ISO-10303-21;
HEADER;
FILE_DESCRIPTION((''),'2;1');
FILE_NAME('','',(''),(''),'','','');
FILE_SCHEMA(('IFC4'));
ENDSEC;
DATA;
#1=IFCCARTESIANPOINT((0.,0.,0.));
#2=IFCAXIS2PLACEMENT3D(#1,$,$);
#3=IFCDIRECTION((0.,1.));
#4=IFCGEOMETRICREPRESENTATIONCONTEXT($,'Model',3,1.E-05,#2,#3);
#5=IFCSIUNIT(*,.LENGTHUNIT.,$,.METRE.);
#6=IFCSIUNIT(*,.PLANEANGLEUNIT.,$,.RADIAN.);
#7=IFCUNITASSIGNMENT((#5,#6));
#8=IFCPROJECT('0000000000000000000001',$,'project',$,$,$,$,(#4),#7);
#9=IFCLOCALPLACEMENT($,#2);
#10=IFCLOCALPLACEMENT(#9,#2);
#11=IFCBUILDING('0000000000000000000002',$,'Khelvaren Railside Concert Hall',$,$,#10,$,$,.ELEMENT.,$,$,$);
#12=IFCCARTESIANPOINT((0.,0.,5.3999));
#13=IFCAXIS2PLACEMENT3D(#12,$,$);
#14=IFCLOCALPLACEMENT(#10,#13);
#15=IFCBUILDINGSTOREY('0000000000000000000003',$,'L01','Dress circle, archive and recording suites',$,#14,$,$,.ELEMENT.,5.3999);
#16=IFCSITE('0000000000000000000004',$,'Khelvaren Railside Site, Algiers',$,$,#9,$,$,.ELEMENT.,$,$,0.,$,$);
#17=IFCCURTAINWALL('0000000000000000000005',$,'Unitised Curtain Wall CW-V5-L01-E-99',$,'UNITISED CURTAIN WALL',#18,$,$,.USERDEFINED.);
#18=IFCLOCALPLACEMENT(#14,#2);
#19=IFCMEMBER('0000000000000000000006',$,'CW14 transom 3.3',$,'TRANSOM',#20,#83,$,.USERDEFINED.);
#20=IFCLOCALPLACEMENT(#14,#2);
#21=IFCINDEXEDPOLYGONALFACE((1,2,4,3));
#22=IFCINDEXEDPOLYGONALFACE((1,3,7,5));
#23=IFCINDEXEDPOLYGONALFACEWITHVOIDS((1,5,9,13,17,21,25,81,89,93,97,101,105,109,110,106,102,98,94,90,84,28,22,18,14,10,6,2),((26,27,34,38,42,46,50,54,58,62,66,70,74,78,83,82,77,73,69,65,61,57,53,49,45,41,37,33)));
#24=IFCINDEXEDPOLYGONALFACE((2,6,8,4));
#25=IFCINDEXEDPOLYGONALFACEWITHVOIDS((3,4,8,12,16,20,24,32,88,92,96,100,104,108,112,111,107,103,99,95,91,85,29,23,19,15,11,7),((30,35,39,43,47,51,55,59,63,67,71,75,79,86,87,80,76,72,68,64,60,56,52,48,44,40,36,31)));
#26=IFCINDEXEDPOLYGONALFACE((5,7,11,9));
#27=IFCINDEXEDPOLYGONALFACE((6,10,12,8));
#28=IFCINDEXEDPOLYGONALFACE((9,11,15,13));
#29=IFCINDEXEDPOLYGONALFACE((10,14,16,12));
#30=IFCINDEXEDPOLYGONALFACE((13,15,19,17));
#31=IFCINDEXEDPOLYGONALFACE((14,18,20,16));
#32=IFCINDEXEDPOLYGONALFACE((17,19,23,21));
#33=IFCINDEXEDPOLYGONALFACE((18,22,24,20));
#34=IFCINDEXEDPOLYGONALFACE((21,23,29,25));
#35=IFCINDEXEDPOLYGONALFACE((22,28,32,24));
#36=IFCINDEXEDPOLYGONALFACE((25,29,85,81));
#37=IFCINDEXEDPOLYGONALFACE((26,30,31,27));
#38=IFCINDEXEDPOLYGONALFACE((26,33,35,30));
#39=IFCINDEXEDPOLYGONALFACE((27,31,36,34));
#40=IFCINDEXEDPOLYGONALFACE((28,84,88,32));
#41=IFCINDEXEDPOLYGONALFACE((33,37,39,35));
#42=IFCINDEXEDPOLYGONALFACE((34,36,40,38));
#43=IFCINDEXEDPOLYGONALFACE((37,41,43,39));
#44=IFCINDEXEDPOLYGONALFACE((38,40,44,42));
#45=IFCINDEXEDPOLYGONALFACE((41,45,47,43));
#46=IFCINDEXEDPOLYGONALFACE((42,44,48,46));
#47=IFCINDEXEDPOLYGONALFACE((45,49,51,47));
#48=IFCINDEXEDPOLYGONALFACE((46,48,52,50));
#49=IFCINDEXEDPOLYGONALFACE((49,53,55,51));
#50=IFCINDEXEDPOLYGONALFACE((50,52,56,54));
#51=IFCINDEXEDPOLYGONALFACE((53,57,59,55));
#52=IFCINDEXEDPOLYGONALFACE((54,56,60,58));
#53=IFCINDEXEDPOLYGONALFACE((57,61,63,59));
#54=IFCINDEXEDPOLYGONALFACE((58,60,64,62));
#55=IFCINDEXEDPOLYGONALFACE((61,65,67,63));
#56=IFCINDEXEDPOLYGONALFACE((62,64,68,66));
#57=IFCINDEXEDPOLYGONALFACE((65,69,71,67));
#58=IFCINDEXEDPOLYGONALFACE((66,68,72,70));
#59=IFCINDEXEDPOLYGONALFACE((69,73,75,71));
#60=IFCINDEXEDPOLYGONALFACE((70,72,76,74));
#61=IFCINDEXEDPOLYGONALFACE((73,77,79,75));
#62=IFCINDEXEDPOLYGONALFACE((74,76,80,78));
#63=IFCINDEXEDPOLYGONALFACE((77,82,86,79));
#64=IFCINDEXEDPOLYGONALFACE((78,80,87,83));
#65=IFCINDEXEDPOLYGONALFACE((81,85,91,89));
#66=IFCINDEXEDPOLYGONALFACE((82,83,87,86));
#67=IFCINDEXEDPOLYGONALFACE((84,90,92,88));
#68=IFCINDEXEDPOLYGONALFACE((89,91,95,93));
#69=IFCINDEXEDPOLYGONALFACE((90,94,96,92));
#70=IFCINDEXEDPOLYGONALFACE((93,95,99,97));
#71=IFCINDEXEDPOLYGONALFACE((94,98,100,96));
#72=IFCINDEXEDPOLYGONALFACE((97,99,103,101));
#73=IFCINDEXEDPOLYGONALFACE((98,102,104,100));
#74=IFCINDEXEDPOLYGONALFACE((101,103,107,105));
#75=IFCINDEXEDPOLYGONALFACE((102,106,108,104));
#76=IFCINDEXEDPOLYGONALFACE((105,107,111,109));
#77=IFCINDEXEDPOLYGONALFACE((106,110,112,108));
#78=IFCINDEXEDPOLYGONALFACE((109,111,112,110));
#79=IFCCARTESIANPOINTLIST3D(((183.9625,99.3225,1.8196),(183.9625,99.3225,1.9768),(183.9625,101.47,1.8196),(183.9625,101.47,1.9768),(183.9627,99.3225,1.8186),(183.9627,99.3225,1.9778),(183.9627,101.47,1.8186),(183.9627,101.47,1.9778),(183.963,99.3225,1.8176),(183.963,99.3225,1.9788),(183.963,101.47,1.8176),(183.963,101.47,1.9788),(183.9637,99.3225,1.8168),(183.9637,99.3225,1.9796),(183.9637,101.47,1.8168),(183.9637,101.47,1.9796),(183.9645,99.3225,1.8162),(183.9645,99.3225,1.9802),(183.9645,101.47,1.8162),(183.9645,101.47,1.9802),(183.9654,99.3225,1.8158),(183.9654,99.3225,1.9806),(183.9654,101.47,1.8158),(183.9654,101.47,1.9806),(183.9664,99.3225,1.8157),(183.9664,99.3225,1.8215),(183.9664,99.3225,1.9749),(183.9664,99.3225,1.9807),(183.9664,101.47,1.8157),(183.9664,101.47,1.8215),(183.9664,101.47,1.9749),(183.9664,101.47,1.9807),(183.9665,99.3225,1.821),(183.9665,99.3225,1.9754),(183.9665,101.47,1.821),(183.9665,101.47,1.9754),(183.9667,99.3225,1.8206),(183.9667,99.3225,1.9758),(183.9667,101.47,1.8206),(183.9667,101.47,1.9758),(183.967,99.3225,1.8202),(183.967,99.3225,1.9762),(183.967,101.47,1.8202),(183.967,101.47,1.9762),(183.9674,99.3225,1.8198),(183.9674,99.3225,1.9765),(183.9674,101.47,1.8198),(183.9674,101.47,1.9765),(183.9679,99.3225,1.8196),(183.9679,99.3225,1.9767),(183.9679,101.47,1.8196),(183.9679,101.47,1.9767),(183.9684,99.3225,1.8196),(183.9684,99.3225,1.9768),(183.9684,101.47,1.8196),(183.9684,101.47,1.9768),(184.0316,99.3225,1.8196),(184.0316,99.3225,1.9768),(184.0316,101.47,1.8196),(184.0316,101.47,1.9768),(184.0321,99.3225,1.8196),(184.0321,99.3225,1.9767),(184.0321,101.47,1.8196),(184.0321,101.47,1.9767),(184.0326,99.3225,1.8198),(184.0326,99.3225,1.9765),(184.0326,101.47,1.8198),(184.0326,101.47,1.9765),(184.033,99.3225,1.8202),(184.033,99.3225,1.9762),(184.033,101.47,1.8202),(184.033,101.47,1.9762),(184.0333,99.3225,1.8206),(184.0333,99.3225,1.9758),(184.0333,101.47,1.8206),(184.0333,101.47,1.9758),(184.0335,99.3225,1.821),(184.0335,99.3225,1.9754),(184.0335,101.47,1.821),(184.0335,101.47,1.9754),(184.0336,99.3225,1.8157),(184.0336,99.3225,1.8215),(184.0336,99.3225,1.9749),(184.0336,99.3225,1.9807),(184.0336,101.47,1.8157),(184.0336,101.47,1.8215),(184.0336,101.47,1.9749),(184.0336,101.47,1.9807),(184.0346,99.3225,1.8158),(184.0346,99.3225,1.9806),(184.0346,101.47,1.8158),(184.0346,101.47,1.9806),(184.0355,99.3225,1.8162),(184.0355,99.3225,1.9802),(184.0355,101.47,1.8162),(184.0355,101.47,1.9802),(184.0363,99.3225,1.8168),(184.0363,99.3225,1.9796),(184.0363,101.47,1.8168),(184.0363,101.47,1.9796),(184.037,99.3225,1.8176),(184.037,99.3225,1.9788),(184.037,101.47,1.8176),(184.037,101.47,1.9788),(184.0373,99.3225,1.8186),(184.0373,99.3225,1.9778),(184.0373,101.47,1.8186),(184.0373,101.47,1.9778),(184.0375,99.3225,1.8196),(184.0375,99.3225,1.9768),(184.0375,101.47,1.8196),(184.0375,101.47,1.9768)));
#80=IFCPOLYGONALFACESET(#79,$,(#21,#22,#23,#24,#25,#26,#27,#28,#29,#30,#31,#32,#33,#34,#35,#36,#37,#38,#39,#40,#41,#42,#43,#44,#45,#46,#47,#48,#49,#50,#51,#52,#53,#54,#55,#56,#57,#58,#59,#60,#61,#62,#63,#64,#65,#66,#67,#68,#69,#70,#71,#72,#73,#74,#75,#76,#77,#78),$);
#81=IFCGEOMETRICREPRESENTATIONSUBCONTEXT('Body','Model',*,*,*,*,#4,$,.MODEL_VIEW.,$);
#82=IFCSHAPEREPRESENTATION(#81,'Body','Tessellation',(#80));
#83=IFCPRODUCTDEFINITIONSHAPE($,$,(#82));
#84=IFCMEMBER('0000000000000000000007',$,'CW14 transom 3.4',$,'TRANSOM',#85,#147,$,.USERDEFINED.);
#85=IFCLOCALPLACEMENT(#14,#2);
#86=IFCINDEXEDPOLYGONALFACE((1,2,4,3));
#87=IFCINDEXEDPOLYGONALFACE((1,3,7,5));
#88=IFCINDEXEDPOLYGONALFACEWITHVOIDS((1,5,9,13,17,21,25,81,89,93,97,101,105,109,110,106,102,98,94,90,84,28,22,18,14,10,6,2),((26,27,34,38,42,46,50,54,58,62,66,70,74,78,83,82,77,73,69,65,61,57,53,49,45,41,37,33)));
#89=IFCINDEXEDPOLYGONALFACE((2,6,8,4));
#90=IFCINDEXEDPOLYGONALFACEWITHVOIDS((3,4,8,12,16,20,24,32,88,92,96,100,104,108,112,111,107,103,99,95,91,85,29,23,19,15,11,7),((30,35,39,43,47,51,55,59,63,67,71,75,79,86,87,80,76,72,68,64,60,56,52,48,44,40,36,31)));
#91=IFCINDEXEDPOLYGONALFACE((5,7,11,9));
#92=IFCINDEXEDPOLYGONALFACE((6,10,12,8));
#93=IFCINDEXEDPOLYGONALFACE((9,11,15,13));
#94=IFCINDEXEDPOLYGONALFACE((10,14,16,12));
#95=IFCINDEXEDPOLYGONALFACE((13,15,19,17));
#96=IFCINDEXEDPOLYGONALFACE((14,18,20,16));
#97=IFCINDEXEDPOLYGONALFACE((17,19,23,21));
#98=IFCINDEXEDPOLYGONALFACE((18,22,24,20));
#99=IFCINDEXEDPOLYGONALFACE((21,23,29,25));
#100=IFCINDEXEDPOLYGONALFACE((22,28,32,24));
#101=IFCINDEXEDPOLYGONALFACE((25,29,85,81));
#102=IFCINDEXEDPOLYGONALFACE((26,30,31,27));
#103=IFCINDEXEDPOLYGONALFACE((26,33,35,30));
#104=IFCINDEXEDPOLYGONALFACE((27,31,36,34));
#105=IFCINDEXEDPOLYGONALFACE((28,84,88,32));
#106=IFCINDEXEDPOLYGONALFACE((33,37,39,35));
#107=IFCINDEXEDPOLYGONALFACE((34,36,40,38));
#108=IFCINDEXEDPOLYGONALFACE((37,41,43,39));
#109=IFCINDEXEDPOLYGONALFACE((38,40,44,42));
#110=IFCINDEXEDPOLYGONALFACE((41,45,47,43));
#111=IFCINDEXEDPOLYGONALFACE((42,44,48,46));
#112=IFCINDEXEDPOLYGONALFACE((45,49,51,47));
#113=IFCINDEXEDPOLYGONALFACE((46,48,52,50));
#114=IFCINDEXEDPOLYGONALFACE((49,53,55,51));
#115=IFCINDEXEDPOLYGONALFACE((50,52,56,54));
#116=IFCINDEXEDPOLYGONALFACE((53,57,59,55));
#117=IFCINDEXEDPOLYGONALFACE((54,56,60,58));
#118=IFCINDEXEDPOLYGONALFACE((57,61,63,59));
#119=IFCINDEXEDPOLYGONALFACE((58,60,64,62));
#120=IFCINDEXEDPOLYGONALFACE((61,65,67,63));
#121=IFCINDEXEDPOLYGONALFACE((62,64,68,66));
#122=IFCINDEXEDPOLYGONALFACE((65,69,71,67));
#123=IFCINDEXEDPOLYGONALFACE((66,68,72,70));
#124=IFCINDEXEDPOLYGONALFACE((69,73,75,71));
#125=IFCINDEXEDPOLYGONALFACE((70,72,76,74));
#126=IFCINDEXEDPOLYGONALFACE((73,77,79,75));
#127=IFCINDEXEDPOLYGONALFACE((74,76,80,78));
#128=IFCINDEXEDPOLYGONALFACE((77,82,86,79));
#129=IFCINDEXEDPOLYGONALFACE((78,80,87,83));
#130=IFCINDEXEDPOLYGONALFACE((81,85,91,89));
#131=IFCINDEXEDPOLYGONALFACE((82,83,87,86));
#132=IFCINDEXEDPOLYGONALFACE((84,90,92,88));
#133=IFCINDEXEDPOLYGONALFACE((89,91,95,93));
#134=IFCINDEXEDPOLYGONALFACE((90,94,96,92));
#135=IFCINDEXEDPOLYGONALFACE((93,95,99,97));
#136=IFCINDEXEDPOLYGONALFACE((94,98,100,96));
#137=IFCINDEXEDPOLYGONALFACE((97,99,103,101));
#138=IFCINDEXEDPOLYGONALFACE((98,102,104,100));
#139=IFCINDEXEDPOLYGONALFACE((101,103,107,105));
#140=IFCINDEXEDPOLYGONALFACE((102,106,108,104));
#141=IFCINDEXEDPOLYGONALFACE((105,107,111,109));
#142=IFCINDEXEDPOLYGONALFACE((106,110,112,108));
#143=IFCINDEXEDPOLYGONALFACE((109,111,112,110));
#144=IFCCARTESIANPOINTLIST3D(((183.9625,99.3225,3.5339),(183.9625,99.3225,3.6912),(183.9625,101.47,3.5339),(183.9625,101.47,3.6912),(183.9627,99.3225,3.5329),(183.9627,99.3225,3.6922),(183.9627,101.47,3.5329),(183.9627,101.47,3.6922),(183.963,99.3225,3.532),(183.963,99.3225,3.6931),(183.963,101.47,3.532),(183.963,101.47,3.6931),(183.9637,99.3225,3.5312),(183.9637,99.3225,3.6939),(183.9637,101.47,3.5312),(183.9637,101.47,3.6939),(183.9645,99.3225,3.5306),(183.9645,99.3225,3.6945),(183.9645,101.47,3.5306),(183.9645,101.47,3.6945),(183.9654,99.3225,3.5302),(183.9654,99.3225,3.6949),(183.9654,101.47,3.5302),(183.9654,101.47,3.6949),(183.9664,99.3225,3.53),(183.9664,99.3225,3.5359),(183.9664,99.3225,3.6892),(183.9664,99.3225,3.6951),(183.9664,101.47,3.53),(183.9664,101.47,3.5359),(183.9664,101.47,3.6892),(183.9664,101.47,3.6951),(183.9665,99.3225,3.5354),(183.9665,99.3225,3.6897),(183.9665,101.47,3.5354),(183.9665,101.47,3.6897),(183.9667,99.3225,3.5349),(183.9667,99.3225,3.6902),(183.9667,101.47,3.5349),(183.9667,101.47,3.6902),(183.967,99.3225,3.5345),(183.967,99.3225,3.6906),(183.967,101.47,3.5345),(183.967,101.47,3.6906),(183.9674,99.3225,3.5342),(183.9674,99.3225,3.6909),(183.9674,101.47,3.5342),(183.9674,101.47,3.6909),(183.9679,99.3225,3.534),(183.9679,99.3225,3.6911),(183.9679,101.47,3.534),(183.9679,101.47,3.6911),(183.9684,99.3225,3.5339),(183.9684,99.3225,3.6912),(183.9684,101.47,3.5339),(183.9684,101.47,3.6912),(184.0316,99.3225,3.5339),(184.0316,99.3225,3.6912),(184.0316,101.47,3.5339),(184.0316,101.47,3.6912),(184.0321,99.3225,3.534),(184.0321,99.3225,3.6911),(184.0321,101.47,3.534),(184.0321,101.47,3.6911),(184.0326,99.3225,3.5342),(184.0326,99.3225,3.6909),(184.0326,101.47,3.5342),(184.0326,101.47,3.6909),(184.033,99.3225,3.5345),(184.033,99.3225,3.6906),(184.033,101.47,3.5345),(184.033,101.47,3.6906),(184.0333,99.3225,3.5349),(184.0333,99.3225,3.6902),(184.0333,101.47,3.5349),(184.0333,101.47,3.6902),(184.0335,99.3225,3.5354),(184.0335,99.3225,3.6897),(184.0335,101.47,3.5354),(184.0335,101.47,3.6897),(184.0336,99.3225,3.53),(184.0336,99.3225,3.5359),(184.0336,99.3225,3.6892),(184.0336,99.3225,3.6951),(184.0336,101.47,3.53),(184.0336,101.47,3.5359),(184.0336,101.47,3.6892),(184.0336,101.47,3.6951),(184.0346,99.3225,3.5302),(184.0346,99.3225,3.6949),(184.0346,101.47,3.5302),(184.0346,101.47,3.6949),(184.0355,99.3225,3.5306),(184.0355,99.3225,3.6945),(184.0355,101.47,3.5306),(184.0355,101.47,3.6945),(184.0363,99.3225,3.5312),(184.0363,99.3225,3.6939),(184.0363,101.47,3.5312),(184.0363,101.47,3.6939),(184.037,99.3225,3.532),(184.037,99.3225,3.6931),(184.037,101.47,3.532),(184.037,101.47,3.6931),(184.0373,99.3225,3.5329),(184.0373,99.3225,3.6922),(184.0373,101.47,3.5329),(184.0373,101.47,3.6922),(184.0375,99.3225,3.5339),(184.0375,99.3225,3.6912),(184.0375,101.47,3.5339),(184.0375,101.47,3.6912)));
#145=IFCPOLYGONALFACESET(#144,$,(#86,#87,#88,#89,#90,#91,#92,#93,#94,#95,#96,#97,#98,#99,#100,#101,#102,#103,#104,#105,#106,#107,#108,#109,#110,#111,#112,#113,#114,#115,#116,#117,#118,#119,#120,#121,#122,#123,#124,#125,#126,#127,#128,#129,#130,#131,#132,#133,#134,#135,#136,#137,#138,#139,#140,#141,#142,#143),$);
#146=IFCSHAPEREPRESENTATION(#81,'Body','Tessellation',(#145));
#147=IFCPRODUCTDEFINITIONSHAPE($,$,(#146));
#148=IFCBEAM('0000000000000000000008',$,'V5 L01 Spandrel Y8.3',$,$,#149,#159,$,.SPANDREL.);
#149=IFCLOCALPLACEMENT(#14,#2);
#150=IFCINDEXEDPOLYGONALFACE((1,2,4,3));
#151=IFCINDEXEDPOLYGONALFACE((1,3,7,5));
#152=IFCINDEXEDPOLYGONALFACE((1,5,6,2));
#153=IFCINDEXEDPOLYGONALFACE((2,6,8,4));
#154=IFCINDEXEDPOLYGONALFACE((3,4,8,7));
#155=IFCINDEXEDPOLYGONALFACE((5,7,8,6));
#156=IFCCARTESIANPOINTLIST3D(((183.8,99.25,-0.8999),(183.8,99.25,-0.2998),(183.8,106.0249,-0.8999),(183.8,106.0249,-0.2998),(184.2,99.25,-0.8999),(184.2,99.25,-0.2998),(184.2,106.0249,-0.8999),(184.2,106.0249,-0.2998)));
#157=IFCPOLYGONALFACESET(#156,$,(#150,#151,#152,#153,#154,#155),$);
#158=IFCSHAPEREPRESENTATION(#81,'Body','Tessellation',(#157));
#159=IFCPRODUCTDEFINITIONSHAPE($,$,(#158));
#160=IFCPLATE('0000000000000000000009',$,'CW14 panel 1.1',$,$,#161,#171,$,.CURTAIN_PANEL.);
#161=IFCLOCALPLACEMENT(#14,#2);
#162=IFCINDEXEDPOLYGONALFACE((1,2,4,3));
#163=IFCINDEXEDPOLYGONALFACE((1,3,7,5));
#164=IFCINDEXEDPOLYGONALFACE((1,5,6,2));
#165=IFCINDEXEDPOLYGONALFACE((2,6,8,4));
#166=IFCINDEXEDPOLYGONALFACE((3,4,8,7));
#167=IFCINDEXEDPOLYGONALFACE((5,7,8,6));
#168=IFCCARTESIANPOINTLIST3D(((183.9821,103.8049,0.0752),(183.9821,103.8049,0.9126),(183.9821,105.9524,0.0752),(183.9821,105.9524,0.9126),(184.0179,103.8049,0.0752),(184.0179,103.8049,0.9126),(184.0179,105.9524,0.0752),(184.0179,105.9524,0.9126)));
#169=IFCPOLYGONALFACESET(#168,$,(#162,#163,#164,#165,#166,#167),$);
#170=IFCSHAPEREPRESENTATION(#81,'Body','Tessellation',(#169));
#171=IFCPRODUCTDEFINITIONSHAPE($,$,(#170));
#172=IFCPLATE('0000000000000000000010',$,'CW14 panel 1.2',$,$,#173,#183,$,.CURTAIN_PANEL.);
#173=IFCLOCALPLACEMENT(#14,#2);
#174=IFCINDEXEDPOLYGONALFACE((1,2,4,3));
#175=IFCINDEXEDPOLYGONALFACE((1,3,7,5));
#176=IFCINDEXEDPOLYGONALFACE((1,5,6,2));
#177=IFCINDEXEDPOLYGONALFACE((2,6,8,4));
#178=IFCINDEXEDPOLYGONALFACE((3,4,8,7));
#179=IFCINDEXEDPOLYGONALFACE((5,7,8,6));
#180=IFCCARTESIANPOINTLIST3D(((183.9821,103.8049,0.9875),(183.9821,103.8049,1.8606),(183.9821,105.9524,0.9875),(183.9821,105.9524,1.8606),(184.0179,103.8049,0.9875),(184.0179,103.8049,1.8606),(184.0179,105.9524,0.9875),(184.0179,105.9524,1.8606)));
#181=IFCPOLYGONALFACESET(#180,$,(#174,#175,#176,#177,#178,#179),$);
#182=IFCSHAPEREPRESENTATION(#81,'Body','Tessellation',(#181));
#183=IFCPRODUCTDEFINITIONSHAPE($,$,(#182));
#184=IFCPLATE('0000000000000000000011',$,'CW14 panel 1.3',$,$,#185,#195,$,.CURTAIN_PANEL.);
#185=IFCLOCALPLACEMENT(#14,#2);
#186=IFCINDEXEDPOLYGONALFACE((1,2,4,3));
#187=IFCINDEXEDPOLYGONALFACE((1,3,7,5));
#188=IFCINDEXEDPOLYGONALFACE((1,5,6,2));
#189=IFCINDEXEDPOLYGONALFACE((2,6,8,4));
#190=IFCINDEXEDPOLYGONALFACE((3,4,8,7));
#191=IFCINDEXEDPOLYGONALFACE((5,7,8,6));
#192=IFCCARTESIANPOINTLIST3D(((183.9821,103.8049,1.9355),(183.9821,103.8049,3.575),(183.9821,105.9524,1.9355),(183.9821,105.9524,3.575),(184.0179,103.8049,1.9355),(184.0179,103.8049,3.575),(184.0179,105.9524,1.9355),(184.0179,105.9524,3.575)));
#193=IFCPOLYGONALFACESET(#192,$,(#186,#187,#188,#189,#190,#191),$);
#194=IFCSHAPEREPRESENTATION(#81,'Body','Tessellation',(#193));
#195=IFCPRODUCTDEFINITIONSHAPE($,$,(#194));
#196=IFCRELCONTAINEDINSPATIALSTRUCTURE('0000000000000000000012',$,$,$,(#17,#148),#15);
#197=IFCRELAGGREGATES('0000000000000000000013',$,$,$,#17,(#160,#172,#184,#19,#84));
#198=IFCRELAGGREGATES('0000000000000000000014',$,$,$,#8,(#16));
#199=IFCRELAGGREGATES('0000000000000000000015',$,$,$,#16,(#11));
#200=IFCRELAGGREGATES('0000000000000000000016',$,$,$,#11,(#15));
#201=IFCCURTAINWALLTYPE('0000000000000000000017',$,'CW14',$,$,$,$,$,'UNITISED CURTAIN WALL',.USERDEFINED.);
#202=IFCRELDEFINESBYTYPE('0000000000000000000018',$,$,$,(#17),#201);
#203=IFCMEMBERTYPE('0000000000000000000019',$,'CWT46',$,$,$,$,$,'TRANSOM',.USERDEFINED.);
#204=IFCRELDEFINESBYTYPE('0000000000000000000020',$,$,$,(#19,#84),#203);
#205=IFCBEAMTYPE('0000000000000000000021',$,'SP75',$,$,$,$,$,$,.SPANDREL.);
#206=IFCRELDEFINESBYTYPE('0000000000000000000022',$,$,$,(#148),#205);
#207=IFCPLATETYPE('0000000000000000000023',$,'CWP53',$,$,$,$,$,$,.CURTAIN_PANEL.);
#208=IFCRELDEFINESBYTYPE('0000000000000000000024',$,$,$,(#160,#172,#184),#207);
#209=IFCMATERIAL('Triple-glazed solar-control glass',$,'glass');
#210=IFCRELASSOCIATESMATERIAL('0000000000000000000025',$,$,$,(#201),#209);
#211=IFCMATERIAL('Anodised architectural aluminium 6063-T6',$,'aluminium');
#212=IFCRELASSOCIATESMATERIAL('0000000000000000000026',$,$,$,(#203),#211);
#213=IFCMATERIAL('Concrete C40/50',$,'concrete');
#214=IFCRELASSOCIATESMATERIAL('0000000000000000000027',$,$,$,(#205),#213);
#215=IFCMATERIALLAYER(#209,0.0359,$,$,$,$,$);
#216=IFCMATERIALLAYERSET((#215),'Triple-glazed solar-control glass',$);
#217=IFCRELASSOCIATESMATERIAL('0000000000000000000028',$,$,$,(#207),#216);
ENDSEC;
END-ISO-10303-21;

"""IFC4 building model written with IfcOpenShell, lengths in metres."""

from ifc_helpers import new_model, si_unit, direction, frame, origin, origin_2d, place, context, subcontext, project, spatial, rectangle, hollow_rectangle, extrude, material, layer, layer_set, material_profile, profile_set, type_object, element, aggregate, save


model = new_model("IFC4")

# Units and contexts
model_context = context("Model", 3, precision=1e-05, world=origin(), true_north=direction((0.0, 1.0)))
body_context = subcontext(model_context, "Body", "Model", "MODEL_VIEW")
ifc_project = project(units=[si_unit("LENGTHUNIT", "METRE"), si_unit("PLANEANGLEUNIT", "RADIAN")], contexts=[model_context])

# Site, building, storey
site_placement = place(None, origin())
site = spatial("IfcSite", under=ifc_project, at=site_placement, Name="Khelvaren Railside Site, Algiers", CompositionType="ELEMENT", RefElevation=0.0)
building_placement = place(site_placement, origin())
building = spatial("IfcBuilding", under=site, at=building_placement, Name="Khelvaren Railside Concert Hall", CompositionType="ELEMENT")
storey_placement = place(building_placement, frame((0.0, 0.0, 5.3999)))
storey = spatial("IfcBuildingStorey", under=building, at=storey_placement, Name="L01", Description="Dress circle, archive and recording suites", CompositionType="ELEMENT", Elevation=5.3999)

# Curtain wall, members
ifc_material_1 = material(Name="Triple-glazed solar-control glass", Category="glass")
curtain_wall_type = type_object("IfcCurtainWallType", Name="CW14", ElementType="UNITISED CURTAIN WALL", PredefinedType="USERDEFINED", material=ifc_material_1)
curtain_wall_placement = place(storey_placement, origin())
curtain_wall = element("IfcCurtainWall", 1, at=curtain_wall_placement, inside=storey, type_object=curtain_wall_type, Name="Unitised Curtain Wall CW-V5-L01-E-99", ObjectType="UNITISED CURTAIN WALL", PredefinedType="USERDEFINED")
ifc_material_2 = material(Name="Anodised architectural aluminium 6063-T6", Category="aluminium")
ifc_material_profile_1 = material_profile(ifc_material_2, hollow_rectangle(XDim=0.075, YDim=0.165, WallThickness=0.0039, InnerFilletRadius=0.002, OuterFilletRadius=0.0039, at=origin_2d()), Name="CWT 75x165x4")
ifc_profile_set_1 = profile_set([ifc_material_profile_1], Name="Anodised architectural aluminium 6063-T6")
member_type_1 = type_object("IfcMemberType", Name="CWT46", ElementType="TRANSOM", PredefinedType="USERDEFINED", material=ifc_profile_set_1)
member_1_placement = place(storey_placement, frame((184.0, 101.47, 1.8982), z_axis=(0.0, -1.0, 0.0), x_axis=(1.0, 0.0, 0.0)))
member_1 = element("IfcMember", 2, at=member_1_placement, type_object=member_type_1, Name="CW14 transom 3.3", ObjectType="TRANSOM", PredefinedType="USERDEFINED", context=body_context, shape_type="SweptSolid", body=[
    extrude(hollow_rectangle(XDim=0.075, YDim=0.165, WallThickness=0.0039, InnerFilletRadius=0.002, OuterFilletRadius=0.0039, at=origin_2d()), origin(), (0.0, 0.0, 1.0), 2.1475),
])
member_2_placement = place(storey_placement, frame((184.0, 101.47, 3.6125), z_axis=(0.0, -1.0, 0.0), x_axis=(1.0, 0.0, 0.0)))
member_2 = element("IfcMember", 3, at=member_2_placement, type_object=member_type_1, Name="CW14 transom 3.4", ObjectType="TRANSOM", PredefinedType="USERDEFINED", context=body_context, shape_type="SweptSolid", body=[
    extrude(hollow_rectangle(XDim=0.075, YDim=0.165, WallThickness=0.0039, InnerFilletRadius=0.002, OuterFilletRadius=0.0039, at=origin_2d()), origin(), (0.0, 0.0, 1.0), 2.1475),
])

# Beam
ifc_material_3 = material(Name="Concrete C40/50", Category="concrete")
ifc_material_profile_2 = material_profile(ifc_material_3, rectangle(XDim=0.3999, YDim=0.6001, at=origin_2d()), Name="RCB 400x600")
ifc_profile_set_2 = profile_set([ifc_material_profile_2], Name="Concrete C40/50")
beam_type = type_object("IfcBeamType", Name="SP75", PredefinedType="SPANDREL", material=ifc_profile_set_2)
beam_placement = place(storey_placement, frame((184.0, 99.25, -0.5999), z_axis=(0.0, 1.0, 0.0), x_axis=(-1.0, 0.0, 0.0)))
element("IfcBeam", 4, at=beam_placement, inside=storey, type_object=beam_type, Name="V5 L01 Spandrel Y8.3", PredefinedType="SPANDREL", context=body_context, shape_type="SweptSolid", body=[
    extrude(rectangle(XDim=0.3999, YDim=0.6001, at=origin_2d()), origin(), (0.0, 0.0, 1.0), 6.7749),
])

# Plates
ifc_layer = layer(ifc_material_1, 0.0359)
ifc_layer_set = layer_set([ifc_layer], Name="Triple-glazed solar-control glass")
plate_type = type_object("IfcPlateType", Name="CWP53", PredefinedType="CURTAIN_PANEL", material=ifc_layer_set)
plate_1_placement = place(storey_placement, frame((184.0, 104.8787, 0.0752), z_axis=(0.0, 0.0, 1.0), x_axis=(0.0, -1.0, 0.0)))
plate_1 = element("IfcPlate", 5, at=plate_1_placement, type_object=plate_type, Name="CW14 panel 1.1", PredefinedType="CURTAIN_PANEL", context=body_context, shape_type="SweptSolid", body=[
    extrude(rectangle(XDim=2.1475, YDim=0.0359, at=origin_2d()), origin(), (0.0, 0.0, 1.0), 0.8374),
])
plate_2_placement = place(storey_placement, frame((184.0, 104.8787, 0.9875), z_axis=(0.0, 0.0, 1.0), x_axis=(0.0, -1.0, 0.0)))
plate_2 = element("IfcPlate", 6, at=plate_2_placement, type_object=plate_type, Name="CW14 panel 1.2", PredefinedType="CURTAIN_PANEL", context=body_context, shape_type="SweptSolid", body=[
    extrude(rectangle(XDim=2.1475, YDim=0.0359, at=origin_2d()), origin(), (0.0, 0.0, 1.0), 0.873),
])
plate_3_placement = place(storey_placement, frame((184.0, 104.8787, 1.9355), z_axis=(0.0, 0.0, 1.0), x_axis=(0.0, -1.0, 0.0)))
plate_3 = element("IfcPlate", 7, at=plate_3_placement, type_object=plate_type, Name="CW14 panel 1.3", PredefinedType="CURTAIN_PANEL", context=body_context, shape_type="SweptSolid", body=[
    extrude(rectangle(XDim=2.1475, YDim=0.0359, at=origin_2d()), origin(), (0.0, 0.0, 1.0), 1.6394),
])
aggregate(curtain_wall, [plate_1, plate_2, plate_3, member_1, member_2])

save(model, "model.ifc")
